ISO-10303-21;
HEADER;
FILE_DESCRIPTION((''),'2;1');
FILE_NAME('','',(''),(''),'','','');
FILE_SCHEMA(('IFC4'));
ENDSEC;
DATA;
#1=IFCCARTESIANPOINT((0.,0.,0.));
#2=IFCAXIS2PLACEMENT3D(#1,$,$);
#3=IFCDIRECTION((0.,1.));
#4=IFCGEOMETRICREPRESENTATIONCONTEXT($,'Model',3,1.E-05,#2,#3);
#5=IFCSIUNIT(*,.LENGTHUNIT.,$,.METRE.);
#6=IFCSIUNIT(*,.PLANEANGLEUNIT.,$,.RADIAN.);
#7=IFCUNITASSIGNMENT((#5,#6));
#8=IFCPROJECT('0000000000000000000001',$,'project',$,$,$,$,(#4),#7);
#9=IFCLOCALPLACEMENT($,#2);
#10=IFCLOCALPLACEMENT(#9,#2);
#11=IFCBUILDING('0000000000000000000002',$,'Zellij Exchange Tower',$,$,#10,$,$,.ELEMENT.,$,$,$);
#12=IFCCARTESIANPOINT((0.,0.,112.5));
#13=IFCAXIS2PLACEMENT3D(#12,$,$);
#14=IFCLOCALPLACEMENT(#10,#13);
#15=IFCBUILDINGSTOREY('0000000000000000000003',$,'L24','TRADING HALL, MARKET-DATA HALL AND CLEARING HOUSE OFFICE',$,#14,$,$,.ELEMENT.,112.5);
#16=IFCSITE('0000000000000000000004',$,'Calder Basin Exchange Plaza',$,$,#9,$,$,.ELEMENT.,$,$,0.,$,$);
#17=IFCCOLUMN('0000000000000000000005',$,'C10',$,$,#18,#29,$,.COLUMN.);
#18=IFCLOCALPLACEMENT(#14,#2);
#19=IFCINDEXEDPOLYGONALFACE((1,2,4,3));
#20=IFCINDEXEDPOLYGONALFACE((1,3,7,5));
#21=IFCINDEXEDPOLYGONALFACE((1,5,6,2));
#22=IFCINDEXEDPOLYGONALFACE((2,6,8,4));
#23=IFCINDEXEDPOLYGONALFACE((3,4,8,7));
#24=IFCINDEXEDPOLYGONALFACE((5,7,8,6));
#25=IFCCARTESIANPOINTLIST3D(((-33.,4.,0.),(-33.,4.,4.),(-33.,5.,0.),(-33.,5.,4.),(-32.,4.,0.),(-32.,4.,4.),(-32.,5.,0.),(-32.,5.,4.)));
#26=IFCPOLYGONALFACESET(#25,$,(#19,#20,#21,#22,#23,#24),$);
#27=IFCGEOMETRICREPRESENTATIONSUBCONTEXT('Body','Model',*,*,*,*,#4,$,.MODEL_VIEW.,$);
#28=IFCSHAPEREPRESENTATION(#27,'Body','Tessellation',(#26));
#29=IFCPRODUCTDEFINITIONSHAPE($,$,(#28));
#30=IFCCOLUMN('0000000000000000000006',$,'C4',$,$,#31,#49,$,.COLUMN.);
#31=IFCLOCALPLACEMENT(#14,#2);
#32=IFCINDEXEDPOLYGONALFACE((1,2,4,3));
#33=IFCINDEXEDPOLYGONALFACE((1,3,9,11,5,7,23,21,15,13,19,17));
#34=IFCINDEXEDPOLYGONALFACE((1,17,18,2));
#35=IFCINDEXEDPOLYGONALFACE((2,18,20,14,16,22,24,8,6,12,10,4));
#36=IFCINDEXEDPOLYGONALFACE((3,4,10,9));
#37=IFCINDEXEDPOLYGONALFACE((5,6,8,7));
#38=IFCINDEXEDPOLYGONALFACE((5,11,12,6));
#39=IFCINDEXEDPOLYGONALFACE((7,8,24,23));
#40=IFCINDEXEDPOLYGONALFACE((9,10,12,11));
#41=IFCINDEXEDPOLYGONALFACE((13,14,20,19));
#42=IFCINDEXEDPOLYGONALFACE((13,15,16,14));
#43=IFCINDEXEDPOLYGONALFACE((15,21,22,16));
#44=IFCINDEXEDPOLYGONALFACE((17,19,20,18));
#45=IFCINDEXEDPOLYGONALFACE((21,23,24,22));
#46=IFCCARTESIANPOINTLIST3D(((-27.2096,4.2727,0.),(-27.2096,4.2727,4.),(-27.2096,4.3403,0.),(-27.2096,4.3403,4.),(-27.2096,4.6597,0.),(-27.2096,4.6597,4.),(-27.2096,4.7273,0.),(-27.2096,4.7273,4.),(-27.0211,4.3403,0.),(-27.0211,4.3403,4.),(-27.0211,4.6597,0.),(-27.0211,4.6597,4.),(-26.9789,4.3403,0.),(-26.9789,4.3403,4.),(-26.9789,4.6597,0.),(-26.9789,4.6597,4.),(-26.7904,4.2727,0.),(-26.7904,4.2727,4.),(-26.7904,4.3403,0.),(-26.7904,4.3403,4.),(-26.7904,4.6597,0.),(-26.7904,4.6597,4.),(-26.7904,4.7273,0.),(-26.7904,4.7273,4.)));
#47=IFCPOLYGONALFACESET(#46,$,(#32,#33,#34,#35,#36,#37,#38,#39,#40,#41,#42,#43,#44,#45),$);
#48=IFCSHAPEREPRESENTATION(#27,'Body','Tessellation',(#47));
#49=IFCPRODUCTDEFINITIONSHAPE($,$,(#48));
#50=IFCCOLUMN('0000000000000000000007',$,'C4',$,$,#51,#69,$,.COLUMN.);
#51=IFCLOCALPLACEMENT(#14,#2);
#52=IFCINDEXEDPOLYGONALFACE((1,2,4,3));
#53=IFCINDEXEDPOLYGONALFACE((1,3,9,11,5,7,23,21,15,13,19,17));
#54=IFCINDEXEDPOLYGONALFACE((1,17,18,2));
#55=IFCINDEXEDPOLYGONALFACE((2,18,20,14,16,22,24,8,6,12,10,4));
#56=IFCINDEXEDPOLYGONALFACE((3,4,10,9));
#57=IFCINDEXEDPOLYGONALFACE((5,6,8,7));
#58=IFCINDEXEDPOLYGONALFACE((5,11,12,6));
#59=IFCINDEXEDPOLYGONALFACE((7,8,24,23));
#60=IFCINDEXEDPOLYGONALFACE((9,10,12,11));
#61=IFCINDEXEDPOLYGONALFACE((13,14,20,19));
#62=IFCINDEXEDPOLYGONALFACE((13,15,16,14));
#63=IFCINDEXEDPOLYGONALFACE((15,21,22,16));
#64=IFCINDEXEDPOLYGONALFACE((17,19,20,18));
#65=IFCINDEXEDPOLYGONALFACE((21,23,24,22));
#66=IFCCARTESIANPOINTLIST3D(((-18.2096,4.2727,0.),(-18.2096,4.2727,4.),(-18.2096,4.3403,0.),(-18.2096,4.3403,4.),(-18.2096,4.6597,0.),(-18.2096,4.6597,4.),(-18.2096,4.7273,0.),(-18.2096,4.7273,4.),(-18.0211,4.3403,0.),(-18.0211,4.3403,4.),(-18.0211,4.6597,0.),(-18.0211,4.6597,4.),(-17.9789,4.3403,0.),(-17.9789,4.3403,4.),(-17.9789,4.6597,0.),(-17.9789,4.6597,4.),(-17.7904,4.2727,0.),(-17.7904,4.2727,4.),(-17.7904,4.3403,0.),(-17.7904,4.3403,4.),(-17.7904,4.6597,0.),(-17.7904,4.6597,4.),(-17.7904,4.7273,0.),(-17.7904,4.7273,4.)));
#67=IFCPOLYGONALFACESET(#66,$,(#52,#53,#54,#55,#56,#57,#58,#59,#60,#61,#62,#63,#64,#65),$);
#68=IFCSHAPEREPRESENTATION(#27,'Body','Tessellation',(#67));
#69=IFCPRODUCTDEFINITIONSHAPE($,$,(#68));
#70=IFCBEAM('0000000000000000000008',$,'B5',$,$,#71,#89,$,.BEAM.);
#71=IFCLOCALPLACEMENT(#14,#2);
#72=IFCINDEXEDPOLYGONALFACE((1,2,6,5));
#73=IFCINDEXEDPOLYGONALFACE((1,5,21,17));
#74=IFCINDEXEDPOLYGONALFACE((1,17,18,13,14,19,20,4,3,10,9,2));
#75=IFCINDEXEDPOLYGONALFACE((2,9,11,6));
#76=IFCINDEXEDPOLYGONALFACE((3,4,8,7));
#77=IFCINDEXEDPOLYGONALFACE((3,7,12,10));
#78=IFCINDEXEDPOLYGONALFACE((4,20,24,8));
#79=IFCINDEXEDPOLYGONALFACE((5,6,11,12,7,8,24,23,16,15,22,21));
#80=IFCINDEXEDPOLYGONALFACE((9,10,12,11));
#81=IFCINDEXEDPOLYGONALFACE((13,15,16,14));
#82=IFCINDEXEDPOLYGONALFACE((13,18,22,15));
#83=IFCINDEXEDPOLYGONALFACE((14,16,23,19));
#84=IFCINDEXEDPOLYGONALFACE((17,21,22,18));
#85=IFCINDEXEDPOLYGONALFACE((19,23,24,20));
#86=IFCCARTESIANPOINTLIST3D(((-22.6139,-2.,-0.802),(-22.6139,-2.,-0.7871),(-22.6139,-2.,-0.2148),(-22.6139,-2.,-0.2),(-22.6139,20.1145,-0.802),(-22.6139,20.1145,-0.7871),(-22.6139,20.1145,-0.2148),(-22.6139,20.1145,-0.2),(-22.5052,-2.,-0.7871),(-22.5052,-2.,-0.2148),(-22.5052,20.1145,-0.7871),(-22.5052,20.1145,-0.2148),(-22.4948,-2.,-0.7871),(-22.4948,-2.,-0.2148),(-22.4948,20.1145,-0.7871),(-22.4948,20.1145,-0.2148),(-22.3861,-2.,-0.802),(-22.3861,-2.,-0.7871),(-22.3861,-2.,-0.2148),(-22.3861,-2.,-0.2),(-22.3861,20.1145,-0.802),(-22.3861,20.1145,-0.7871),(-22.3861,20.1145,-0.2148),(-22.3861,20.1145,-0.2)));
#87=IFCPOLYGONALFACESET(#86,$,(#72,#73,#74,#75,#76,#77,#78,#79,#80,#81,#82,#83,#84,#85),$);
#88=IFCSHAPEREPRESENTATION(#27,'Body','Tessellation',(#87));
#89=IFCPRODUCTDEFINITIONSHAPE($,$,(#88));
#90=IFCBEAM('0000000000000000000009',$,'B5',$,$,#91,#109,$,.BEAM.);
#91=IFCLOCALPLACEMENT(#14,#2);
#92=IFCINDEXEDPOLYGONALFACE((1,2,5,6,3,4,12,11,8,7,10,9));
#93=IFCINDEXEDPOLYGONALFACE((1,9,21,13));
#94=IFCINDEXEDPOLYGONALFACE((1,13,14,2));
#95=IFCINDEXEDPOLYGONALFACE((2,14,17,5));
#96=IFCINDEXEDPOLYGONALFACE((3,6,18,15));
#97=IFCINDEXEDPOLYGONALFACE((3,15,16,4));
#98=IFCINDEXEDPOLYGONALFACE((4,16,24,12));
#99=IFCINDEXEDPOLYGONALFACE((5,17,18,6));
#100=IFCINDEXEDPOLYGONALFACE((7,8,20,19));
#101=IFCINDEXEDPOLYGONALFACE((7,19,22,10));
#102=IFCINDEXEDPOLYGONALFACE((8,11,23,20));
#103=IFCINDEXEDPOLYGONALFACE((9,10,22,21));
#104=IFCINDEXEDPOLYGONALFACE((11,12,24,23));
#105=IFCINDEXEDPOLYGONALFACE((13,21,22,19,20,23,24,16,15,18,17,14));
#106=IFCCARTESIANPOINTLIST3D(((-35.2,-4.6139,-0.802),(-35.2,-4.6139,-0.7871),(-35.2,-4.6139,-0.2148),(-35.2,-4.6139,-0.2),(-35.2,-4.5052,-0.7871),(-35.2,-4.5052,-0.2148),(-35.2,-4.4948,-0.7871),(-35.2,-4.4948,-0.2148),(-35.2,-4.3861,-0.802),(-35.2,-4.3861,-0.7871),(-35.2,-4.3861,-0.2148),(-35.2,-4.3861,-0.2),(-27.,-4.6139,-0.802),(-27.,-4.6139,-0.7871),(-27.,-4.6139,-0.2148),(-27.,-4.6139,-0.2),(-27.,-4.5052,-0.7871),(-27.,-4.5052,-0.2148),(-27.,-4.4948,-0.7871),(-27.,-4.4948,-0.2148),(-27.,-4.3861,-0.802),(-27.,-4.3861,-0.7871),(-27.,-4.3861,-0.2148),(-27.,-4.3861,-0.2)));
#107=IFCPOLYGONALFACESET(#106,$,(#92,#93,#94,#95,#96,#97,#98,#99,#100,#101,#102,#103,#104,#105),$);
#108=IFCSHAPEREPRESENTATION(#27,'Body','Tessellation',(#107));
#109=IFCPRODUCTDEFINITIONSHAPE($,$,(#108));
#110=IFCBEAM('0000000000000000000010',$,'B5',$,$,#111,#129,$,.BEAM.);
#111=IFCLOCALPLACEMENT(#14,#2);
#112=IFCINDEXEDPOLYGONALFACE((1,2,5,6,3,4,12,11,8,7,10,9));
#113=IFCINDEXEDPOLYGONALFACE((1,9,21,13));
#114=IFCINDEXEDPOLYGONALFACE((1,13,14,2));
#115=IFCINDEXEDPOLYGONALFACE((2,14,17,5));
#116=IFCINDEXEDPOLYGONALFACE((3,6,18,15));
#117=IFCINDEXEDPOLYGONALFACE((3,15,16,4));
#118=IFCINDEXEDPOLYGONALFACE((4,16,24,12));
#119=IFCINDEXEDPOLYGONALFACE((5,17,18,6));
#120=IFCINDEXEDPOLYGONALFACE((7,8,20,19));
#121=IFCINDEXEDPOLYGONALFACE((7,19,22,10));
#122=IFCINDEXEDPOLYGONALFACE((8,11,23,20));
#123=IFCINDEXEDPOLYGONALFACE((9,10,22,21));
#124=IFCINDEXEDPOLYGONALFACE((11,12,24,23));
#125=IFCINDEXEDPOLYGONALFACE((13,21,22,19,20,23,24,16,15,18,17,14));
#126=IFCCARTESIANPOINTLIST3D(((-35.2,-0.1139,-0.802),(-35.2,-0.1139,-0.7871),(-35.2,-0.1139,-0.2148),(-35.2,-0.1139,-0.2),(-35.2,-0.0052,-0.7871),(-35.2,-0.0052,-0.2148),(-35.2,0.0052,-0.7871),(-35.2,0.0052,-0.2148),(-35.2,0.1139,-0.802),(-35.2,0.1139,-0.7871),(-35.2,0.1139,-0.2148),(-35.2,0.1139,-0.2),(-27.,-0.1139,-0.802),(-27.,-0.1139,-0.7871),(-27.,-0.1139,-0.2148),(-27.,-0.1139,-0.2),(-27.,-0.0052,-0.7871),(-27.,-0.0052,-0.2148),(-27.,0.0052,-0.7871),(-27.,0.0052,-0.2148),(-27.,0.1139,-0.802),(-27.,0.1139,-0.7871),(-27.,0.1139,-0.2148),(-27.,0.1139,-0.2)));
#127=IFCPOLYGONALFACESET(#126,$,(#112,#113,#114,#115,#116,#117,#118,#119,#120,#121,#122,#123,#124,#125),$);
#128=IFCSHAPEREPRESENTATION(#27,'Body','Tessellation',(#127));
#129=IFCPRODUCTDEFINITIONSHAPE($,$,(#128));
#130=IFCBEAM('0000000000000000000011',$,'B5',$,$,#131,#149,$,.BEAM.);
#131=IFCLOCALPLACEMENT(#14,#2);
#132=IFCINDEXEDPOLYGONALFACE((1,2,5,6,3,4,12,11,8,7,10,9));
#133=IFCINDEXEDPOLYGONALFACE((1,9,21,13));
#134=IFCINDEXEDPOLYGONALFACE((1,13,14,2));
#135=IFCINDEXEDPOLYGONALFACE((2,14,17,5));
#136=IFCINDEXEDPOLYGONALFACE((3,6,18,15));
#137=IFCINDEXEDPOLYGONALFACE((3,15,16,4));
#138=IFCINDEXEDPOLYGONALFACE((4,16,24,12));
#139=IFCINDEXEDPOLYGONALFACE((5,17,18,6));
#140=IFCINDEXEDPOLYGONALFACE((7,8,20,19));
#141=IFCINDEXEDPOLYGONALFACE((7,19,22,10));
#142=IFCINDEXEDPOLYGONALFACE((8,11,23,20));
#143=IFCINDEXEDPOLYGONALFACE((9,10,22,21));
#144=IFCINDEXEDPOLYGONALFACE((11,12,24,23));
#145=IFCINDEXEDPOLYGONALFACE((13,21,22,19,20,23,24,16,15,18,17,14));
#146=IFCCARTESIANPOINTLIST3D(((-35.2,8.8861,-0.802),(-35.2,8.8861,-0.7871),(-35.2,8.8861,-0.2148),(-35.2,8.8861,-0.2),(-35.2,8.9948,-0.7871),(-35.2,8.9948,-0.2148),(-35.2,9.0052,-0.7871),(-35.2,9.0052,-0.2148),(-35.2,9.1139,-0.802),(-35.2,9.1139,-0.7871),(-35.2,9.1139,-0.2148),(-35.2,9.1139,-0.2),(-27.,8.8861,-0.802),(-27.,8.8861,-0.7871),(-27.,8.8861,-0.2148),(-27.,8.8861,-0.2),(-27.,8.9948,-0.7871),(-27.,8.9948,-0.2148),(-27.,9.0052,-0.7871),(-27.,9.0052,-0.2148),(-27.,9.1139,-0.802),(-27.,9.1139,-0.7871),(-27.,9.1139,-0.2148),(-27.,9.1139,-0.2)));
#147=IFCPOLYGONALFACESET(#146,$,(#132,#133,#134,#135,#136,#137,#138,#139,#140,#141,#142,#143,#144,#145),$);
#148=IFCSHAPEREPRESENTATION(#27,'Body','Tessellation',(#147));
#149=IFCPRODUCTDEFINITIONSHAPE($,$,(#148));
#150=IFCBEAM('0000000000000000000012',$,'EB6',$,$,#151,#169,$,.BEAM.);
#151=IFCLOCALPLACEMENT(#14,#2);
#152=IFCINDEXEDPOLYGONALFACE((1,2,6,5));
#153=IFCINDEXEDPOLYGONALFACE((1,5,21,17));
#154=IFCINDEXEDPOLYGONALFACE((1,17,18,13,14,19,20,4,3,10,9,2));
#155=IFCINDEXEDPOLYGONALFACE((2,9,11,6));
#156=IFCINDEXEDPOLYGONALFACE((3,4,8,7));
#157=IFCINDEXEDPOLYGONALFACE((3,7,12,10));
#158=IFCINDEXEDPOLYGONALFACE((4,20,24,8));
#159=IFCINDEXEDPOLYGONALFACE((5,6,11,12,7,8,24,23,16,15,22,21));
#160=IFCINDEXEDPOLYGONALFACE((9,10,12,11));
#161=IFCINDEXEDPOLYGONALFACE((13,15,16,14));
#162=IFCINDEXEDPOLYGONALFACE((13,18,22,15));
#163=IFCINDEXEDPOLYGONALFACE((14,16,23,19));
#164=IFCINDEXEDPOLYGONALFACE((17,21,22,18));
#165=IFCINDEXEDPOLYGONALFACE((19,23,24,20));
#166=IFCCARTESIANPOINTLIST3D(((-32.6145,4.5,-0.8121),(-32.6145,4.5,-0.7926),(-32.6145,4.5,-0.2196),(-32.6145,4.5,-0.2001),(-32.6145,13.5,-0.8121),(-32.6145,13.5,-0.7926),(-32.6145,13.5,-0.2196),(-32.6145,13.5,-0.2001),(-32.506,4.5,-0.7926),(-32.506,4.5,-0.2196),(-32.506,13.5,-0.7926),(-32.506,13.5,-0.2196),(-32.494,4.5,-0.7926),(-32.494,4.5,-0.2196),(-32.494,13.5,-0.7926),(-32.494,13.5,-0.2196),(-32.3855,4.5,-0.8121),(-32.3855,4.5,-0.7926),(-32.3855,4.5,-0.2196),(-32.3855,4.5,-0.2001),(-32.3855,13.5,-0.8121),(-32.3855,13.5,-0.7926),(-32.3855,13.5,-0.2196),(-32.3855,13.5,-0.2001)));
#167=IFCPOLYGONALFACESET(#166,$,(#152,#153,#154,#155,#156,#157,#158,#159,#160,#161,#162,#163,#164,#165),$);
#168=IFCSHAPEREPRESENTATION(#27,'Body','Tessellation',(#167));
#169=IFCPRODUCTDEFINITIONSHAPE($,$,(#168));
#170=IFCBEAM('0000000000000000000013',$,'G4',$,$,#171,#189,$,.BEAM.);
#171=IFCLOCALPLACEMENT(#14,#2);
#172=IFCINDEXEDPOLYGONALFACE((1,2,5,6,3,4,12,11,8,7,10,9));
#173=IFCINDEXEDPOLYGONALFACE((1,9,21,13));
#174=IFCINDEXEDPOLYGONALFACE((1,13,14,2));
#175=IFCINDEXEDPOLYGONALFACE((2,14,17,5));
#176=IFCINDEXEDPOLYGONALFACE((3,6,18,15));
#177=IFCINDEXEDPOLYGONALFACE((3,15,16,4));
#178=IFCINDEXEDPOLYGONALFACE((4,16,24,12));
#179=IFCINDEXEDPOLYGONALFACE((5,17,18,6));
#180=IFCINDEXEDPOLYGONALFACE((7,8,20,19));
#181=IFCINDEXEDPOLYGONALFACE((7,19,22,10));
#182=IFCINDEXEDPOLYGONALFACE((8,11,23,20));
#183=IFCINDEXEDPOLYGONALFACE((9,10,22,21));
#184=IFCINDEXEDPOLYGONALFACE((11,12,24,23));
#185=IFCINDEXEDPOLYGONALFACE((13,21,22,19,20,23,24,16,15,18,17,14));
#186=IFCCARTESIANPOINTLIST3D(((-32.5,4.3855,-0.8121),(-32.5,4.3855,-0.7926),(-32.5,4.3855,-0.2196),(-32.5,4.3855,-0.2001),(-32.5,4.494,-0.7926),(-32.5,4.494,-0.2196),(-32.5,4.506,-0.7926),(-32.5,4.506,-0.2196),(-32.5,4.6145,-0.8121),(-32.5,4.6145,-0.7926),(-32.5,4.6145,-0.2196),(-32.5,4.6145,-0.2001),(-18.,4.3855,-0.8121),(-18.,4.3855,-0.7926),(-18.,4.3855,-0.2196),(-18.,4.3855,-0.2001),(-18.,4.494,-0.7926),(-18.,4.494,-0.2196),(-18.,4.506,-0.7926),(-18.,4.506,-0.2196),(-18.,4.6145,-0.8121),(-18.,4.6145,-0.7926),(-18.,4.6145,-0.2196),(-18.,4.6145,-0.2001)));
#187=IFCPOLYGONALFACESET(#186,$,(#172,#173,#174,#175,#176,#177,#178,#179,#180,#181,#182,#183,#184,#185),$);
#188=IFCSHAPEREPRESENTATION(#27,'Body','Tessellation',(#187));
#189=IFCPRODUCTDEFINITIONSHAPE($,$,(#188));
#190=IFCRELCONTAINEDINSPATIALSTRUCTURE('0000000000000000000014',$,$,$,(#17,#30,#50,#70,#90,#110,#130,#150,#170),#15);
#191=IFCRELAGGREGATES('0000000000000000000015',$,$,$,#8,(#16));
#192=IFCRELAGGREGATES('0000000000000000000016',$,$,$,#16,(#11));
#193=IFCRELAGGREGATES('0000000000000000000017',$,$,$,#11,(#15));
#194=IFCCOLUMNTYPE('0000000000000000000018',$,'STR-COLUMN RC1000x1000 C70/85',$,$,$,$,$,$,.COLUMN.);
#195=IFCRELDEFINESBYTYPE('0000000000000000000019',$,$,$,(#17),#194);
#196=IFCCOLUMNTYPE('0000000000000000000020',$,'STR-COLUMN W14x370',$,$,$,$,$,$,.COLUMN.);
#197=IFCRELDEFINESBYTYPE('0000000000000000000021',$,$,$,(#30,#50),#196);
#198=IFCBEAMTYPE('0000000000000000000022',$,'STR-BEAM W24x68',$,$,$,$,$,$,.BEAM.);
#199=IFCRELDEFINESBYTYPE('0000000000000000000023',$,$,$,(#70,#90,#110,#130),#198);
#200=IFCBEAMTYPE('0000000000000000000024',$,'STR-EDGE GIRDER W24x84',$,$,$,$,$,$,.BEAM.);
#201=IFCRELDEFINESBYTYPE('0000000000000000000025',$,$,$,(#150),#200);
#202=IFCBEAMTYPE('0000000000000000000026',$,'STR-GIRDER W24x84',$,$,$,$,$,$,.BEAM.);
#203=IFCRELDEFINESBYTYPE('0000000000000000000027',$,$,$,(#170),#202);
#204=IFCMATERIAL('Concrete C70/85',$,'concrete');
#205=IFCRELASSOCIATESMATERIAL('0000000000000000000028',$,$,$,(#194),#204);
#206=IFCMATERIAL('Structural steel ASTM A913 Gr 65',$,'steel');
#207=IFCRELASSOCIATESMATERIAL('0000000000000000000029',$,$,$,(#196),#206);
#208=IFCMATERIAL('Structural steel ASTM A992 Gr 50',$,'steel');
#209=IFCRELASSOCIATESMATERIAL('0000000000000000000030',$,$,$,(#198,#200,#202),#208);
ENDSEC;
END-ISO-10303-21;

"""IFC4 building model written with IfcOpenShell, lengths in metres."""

from ifc_helpers import new_model, si_unit, direction, frame, origin, origin_2d, place, context, subcontext, project, spatial, rectangle, i_section, extrude, material, material_profile, profile_set, type_object, element, save


model = new_model("IFC4")

# Units and contexts
model_context = context("Model", 3, precision=1e-05, world=origin(), true_north=direction((0.0, 1.0)))
body_context = subcontext(model_context, "Body", "Model", "MODEL_VIEW")
ifc_project = project(units=[si_unit("LENGTHUNIT", "METRE"), si_unit("PLANEANGLEUNIT", "RADIAN")], contexts=[model_context])

# Site, building, storey
site_placement = place(None, origin())
site = spatial("IfcSite", under=ifc_project, at=site_placement, Name="Calder Basin Exchange Plaza", CompositionType="ELEMENT", RefElevation=0.0)
building_placement = place(site_placement, origin())
building = spatial("IfcBuilding", under=site, at=building_placement, Name="Zellij Exchange Tower", CompositionType="ELEMENT")
storey_placement = place(building_placement, frame((0.0, 0.0, 112.5)))
storey = spatial("IfcBuildingStorey", under=building, at=storey_placement, Name="L24", Description="TRADING HALL, MARKET-DATA HALL AND CLEARING HOUSE OFFICE", CompositionType="ELEMENT", Elevation=112.5)

# Columns
ifc_material_1 = material(Name="Concrete C70/85", Category="concrete")
ifc_material_profile_1 = material_profile(ifc_material_1, rectangle(XDim=1.0, YDim=1.0, at=origin_2d()), Name="STR-COLUMN RC1000x1000 C70/85")
ifc_profile_set_1 = profile_set([ifc_material_profile_1], Name="Concrete C70/85")
column_type_1 = type_object("IfcColumnType", Name="STR-COLUMN RC1000x1000 C70/85", PredefinedType="COLUMN", material=ifc_profile_set_1)
column_placement = place(storey_placement, frame((-32.5, 4.5, 0.0), z_axis=(0.0, 0.0, 1.0), x_axis=(1.0, 0.0, 0.0)))
element("IfcColumn", 1, at=column_placement, inside=storey, type_object=column_type_1, Name="C10", PredefinedType="COLUMN", context=body_context, shape_type="SweptSolid", body=[
    extrude(rectangle(XDim=1.0, YDim=1.0, at=origin_2d()), origin(), (0.0, 0.0, 1.0), 4.0),
])
ifc_material_2 = material(Name="Structural steel ASTM A913 Gr 65", Category="steel")
ifc_material_profile_2 = material_profile(ifc_material_2, i_section(OverallWidth=0.4192, OverallDepth=0.4546, WebThickness=0.0422, FlangeThickness=0.0676, at=origin_2d()), Name="W14x370")
ifc_profile_set_2 = profile_set([ifc_material_profile_2], Name="Structural steel ASTM A913 Gr 65")
column_type_2 = type_object("IfcColumnType", Name="STR-COLUMN W14x370", PredefinedType="COLUMN", material=ifc_profile_set_2)
for number, where, z_axis, x_axis, name in (
    (2, (-27.0, 4.5, 0.0), (0.0, 0.0, 1.0), (1.0, 0.0, 0.0), "C4"),
    (3, (-18.0, 4.5, 0.0), (0.0, 0.0, 1.0), (1.0, 0.0, 0.0), "C4"),
):
    element("IfcColumn", number, at=place(storey_placement, frame(where, z_axis=z_axis, x_axis=x_axis)), inside=storey, type_object=column_type_2, Name=name, PredefinedType="COLUMN", context=body_context, shape_type="SweptSolid", body=[
        extrude(i_section(OverallWidth=0.4192, OverallDepth=0.4546, WebThickness=0.0422, FlangeThickness=0.0676, at=origin_2d()), origin(), (0.0, 0.0, 1.0), 4.0),
    ])

# Beams
ifc_material_3 = material(Name="Structural steel ASTM A992 Gr 50", Category="steel")
ifc_material_profile_3 = material_profile(ifc_material_3, i_section(OverallWidth=0.2278, OverallDepth=0.6021, WebThickness=0.0105, FlangeThickness=0.0149, at=origin_2d()), Name="W24x68")
ifc_profile_set_3 = profile_set([ifc_material_profile_3], Name="Structural steel ASTM A992 Gr 50")
beam_type_1 = type_object("IfcBeamType", Name="STR-BEAM W24x68", PredefinedType="BEAM", material=ifc_profile_set_3)
beam_1_placement = place(storey_placement, frame((-22.5, -2.0, -0.501), z_axis=(0.0, 1.0, 0.0), x_axis=(-1.0, 0.0, 0.0)))
element("IfcBeam", 4, at=beam_1_placement, inside=storey, type_object=beam_type_1, Name="B5", PredefinedType="BEAM", context=body_context, shape_type="SweptSolid", body=[
    extrude(i_section(OverallWidth=0.2278, OverallDepth=0.6021, WebThickness=0.0105, FlangeThickness=0.0149, at=origin_2d()), origin(), (0.0, 0.0, 1.0), 22.1145),
])
for number, where, z_axis, x_axis, name in (
    (5, (-35.2, -4.5, -0.501), (1.0, 0.0, 0.0), (0.0, 1.0, 0.0), "B5"),
    (6, (-35.2, 0.0, -0.501), (1.0, 0.0, 0.0), (0.0, 1.0, 0.0), "B5"),
    (7, (-35.2, 9.0, -0.501), (1.0, 0.0, 0.0), (0.0, 1.0, 0.0), "B5"),
):
    element("IfcBeam", number, at=place(storey_placement, frame(where, z_axis=z_axis, x_axis=x_axis)), inside=storey, type_object=beam_type_1, Name=name, PredefinedType="BEAM", context=body_context, shape_type="SweptSolid", body=[
        extrude(i_section(OverallWidth=0.2278, OverallDepth=0.6021, WebThickness=0.0105, FlangeThickness=0.0149, at=origin_2d()), origin(), (0.0, 0.0, 1.0), 8.2),
    ])
ifc_material_profile_4 = material_profile(ifc_material_3, i_section(OverallWidth=0.229, OverallDepth=0.6121, WebThickness=0.012, FlangeThickness=0.0195, at=origin_2d()), Name="W24x84")
ifc_profile_set_4 = profile_set([ifc_material_profile_4], Name="Structural steel ASTM A992 Gr 50")
beam_type_2 = type_object("IfcBeamType", Name="STR-EDGE GIRDER W24x84", PredefinedType="BEAM", material=ifc_profile_set_4)
beam_2_placement = place(storey_placement, frame((-32.5, 4.5, -0.5061), z_axis=(0.0, 1.0, 0.0), x_axis=(-1.0, 0.0, 0.0)))
element("IfcBeam", 8, at=beam_2_placement, inside=storey, type_object=beam_type_2, Name="EB6", PredefinedType="BEAM", context=body_context, shape_type="SweptSolid", body=[
    extrude(i_section(OverallWidth=0.229, OverallDepth=0.6121, WebThickness=0.012, FlangeThickness=0.0195, at=origin_2d()), origin(), (0.0, 0.0, 1.0), 9.0),
])
ifc_material_profile_5 = material_profile(ifc_material_3, i_section(OverallWidth=0.229, OverallDepth=0.6121, WebThickness=0.012, FlangeThickness=0.0195, at=origin_2d()), Name="W24x84")
ifc_profile_set_5 = profile_set([ifc_material_profile_5], Name="Structural steel ASTM A992 Gr 50")
beam_type_3 = type_object("IfcBeamType", Name="STR-GIRDER W24x84", PredefinedType="BEAM", material=ifc_profile_set_5)
beam_3_placement = place(storey_placement, frame((-32.5, 4.5, -0.5061), z_axis=(1.0, 0.0, 0.0), x_axis=(0.0, 1.0, 0.0)))
element("IfcBeam", 9, at=beam_3_placement, inside=storey, type_object=beam_type_3, Name="G4", PredefinedType="BEAM", context=body_context, shape_type="SweptSolid", body=[
    extrude(i_section(OverallWidth=0.229, OverallDepth=0.6121, WebThickness=0.012, FlangeThickness=0.0195, at=origin_2d()), origin(), (0.0, 0.0, 1.0), 14.5),
])

save(model, "model.ifc")
